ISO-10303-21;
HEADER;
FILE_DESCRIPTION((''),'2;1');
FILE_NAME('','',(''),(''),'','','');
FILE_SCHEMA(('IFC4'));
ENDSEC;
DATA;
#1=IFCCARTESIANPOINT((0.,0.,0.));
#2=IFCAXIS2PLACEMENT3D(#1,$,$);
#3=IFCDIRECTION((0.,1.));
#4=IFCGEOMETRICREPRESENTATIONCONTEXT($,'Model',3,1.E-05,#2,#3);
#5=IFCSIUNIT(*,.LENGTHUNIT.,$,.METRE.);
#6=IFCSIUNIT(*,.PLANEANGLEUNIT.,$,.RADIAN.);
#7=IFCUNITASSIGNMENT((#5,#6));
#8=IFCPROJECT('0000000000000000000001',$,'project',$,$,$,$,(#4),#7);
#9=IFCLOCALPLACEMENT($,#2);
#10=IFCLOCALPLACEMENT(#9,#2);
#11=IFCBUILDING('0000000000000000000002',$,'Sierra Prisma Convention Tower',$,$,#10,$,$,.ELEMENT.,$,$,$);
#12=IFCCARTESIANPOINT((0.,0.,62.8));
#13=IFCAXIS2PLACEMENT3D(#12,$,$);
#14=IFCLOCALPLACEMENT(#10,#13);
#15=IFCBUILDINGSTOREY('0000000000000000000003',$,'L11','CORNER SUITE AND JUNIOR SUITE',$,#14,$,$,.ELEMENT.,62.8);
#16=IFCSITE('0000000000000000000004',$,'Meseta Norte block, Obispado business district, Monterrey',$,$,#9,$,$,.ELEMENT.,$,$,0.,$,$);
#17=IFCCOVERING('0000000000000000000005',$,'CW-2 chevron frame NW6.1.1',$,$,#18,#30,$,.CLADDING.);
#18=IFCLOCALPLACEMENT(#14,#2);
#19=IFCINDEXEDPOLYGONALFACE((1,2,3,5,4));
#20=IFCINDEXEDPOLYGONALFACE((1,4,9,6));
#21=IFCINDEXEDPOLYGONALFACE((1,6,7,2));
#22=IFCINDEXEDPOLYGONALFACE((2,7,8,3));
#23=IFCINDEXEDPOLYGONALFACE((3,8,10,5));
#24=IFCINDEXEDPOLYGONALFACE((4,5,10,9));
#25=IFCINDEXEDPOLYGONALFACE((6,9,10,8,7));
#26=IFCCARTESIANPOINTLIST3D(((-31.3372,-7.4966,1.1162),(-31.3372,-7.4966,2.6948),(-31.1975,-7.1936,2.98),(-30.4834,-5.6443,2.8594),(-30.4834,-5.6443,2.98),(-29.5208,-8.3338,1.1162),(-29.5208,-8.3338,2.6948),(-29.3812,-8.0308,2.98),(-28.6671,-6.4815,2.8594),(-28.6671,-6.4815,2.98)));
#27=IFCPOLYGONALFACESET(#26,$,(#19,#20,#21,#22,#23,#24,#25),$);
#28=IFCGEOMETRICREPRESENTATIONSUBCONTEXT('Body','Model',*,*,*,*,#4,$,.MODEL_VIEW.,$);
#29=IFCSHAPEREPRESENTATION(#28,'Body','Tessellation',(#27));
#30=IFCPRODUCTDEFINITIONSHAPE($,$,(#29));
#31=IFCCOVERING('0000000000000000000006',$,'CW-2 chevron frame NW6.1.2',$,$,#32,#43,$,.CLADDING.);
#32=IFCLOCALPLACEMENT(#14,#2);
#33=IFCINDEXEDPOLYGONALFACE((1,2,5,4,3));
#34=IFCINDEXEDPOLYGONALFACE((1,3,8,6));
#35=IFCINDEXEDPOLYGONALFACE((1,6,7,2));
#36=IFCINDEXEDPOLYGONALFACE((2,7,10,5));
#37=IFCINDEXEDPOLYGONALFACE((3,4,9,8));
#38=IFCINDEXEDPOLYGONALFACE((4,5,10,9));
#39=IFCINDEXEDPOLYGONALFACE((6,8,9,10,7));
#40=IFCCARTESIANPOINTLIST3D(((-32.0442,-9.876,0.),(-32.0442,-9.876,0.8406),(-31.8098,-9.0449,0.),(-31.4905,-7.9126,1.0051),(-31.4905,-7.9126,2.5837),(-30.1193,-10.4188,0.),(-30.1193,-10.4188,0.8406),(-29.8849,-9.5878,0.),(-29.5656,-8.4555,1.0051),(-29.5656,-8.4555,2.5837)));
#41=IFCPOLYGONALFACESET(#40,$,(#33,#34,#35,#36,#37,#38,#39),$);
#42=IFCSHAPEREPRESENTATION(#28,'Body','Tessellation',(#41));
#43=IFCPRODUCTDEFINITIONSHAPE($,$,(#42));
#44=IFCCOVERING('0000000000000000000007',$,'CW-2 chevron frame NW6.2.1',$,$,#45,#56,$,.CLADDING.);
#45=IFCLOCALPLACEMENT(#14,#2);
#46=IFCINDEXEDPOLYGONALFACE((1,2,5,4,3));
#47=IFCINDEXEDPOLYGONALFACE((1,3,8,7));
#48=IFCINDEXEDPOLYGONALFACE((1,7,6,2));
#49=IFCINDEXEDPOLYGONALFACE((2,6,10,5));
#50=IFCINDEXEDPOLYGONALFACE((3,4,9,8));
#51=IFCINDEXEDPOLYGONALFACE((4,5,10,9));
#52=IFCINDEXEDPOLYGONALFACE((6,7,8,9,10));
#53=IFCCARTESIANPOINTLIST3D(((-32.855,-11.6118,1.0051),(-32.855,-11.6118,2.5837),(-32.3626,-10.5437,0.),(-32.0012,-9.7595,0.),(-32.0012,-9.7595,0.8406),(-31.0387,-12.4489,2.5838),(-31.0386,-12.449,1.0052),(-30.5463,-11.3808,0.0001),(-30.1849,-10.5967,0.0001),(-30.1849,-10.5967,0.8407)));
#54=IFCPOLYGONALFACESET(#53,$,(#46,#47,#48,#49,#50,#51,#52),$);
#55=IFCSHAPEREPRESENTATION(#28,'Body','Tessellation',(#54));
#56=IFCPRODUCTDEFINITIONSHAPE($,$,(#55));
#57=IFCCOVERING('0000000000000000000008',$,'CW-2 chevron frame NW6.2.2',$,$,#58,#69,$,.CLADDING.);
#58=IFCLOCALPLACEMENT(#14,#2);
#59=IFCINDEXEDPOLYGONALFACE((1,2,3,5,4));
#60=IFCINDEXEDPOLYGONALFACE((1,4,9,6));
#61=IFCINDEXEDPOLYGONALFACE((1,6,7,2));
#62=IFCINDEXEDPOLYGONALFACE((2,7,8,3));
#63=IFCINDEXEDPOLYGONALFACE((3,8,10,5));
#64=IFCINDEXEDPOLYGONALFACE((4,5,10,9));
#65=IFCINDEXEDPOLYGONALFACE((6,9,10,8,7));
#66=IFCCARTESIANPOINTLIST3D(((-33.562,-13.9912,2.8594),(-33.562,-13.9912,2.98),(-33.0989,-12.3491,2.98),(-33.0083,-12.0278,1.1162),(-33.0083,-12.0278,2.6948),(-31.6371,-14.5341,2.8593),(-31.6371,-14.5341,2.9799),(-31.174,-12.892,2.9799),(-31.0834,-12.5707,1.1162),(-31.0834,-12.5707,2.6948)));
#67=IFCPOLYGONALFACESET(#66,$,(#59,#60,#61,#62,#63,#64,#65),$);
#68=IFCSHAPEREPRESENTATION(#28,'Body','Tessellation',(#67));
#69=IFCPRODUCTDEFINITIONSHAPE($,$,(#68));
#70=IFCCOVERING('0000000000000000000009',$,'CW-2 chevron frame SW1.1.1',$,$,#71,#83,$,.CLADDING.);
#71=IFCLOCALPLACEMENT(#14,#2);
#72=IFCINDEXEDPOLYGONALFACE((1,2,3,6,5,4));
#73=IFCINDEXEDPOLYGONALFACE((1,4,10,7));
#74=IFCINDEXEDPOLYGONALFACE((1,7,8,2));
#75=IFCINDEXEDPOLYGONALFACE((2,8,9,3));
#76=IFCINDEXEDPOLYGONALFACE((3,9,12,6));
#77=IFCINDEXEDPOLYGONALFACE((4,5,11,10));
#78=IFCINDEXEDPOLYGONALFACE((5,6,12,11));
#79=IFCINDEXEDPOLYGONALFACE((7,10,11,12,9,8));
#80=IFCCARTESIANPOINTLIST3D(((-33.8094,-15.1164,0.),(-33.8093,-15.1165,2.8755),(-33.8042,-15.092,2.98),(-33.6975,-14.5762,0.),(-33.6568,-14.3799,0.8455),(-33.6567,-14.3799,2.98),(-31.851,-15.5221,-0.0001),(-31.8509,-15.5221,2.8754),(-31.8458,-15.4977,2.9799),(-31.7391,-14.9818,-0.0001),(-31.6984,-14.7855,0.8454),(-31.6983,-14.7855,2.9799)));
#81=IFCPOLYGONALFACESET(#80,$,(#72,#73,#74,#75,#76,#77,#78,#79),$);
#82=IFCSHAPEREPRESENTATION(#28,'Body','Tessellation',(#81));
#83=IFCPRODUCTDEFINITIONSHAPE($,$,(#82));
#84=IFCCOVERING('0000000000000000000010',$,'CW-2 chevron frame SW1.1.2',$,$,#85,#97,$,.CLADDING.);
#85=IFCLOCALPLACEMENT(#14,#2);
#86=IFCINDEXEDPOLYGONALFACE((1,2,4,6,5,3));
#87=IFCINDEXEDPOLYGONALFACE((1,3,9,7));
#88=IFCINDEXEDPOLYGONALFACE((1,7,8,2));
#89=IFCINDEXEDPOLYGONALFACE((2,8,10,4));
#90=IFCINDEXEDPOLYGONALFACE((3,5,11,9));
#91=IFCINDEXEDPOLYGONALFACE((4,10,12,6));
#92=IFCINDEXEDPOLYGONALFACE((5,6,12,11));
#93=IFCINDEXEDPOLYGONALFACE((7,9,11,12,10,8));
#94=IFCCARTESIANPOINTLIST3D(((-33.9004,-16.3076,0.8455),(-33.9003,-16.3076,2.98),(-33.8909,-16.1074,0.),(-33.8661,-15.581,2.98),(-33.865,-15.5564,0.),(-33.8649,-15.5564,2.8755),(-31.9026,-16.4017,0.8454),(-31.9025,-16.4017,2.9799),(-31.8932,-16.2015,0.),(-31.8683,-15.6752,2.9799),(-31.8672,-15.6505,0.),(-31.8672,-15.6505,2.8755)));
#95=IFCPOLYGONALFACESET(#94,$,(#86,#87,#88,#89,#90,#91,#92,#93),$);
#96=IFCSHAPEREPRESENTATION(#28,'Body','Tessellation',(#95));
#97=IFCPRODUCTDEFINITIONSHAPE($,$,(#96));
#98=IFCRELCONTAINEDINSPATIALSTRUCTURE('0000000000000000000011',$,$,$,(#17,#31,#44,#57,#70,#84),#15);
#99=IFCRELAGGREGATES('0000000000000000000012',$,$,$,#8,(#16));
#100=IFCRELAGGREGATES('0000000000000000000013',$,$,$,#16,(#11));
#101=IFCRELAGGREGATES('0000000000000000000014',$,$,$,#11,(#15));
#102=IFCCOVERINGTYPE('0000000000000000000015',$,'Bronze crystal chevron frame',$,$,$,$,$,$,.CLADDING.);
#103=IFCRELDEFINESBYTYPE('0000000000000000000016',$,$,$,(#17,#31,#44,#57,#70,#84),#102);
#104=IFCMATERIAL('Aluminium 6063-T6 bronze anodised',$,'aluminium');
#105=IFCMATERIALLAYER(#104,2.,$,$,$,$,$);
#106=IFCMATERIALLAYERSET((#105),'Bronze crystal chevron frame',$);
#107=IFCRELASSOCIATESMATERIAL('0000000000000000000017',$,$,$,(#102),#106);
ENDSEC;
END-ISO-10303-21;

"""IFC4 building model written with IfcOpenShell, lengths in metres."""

from ifc_helpers import new_model, si_unit, direction, frame, origin, place, context, subcontext, project, spatial, polyline, outline, extrude, material, layer, layer_set, type_object, element, save


model = new_model("IFC4")

# Units and contexts
model_context = context("Model", 3, precision=1e-05, world=origin(), true_north=direction((0.0, 1.0)))
body_context = subcontext(model_context, "Body", "Model", "MODEL_VIEW")
ifc_project = project(units=[si_unit("LENGTHUNIT", "METRE"), si_unit("PLANEANGLEUNIT", "RADIAN")], contexts=[model_context])

# Site, building, storey
site_placement = place(None, origin())
site = spatial("IfcSite", under=ifc_project, at=site_placement, Name="Meseta Norte block, Obispado business district, Monterrey", CompositionType="ELEMENT", RefElevation=0.0)
building_placement = place(site_placement, origin())
building = spatial("IfcBuilding", under=site, at=building_placement, Name="Sierra Prisma Convention Tower", CompositionType="ELEMENT")
storey_placement = place(building_placement, frame((0.0, 0.0, 62.8)))
storey = spatial("IfcBuildingStorey", under=building, at=storey_placement, Name="L11", Description="CORNER SUITE AND JUNIOR SUITE", CompositionType="ELEMENT", Elevation=62.8)

# Coverings
ifc_material_1 = material(Name="Aluminium 6063-T6 bronze anodised", Category="aluminium")
ifc_layer_1 = layer(ifc_material_1, 2.0)
ifc_layer_set_1 = layer_set([ifc_layer_1], Name="Bronze crystal chevron frame")
covering_type = type_object("IfcCoveringType", Name="Bronze crystal chevron frame", PredefinedType="CLADDING", material=ifc_layer_set_1)
covering_1_placement = place(storey_placement, frame((-30.4834, -5.6443, 2.98), z_axis=(-0.908173, 0.418595, 0.0), x_axis=(0.0, 0.0, -1.0)))
element("IfcCovering", 1, at=covering_1_placement, inside=storey, type_object=covering_type, Name="CW-2 chevron frame NW6.1.1", PredefinedType="CLADDING", context=body_context, shape_type="SweptSolid", body=[
    extrude(outline(polyline([(0.0, 0.0), (0.1206, 0.0), (1.8638, 2.0396), (0.2852, 2.0396), (0.0, 1.706), (0.0, 0.0)])), origin(), (0.0, 0.0, -1.0), 2.0),
])
covering_2_placement = place(storey_placement, frame((-31.4905, -7.9126, 2.5837), z_axis=(-0.962458, 0.271432, 0.0), x_axis=(0.0, 0.0, -1.0)))
element("IfcCovering", 2, at=covering_2_placement, inside=storey, type_object=covering_type, Name="CW-2 chevron frame NW6.1.2", PredefinedType="CLADDING", context=body_context, shape_type="SweptSolid", body=[
    extrude(outline(polyline([(0.0, 0.0), (1.5786, 0.0), (2.5837, 1.1765), (2.5837, 2.04), (1.7432, 2.04), (0.0, 0.0)])), origin(), (0.0, 0.0, -1.0), 2.0),
])
covering_3_placement = place(storey_placement, frame((-32.0012, -9.7595, 0.0), z_axis=(-0.908181, 0.418579, -0.000037), x_axis=(-0.418579, -0.908181, 0.0)))
element("IfcCovering", 3, at=covering_3_placement, inside=storey, type_object=covering_type, Name="CW-2 chevron frame NW6.2.1", PredefinedType="CLADDING", context=body_context, shape_type="SweptSolid", body=[
    extrude(outline(polyline([(0.0, 0.0), (0.8634, 0.0), (2.0396, 1.0051), (2.0396, 2.5837), (0.0, 0.8406), (0.0, 0.0)])), origin(), (0.0, 0.0, -1.0), 2.0),
])
covering_4_placement = place(storey_placement, frame((-33.562, -13.9912, 2.98), z_axis=(-0.962457, 0.271434, 0.000017), x_axis=(0.271434, 0.962457, 0.0)))
element("IfcCovering", 4, at=covering_4_placement, inside=storey, type_object=covering_type, Name="CW-2 chevron frame NW6.2.2", PredefinedType="CLADDING", context=body_context, shape_type="SweptSolid", body=[
    extrude(outline(polyline([(0.0, 0.0), (1.7062, 0.0), (2.04, 0.2852), (2.04, 1.8638), (0.0, 0.1206), (0.0, 0.0)])), origin(), (0.0, 0.0, -1.0), 2.0),
])
covering_5_placement = place(storey_placement, frame((-33.6567, -14.3799, 2.98), z_axis=(-0.979214, 0.20283, 0.00003), x_axis=(-0.00003, 0.000006, -1.0)))
element("IfcCovering", 5, at=covering_5_placement, inside=storey, type_object=covering_type, Name="CW-2 chevron frame SW1.1.1", PredefinedType="CLADDING", context=body_context, shape_type="SweptSolid", body=[
    extrude(outline(polyline([(0.0, 0.0), (2.1345, 0.0), (2.98, 0.2005), (2.98, 0.7522), (0.1045, 0.7522), (0.0, 0.7273), (0.0, 0.0)])), origin(), (0.0, 0.0, -1.0), 2.0),
])
covering_6_placement = place(storey_placement, frame((-33.865, -15.5564, 0.0), z_axis=(-0.998892, 0.047059, 0.000017), x_axis=(-0.047059, -0.998892, 0.0)))
element("IfcCovering", 6, at=covering_6_placement, inside=storey, type_object=covering_type, Name="CW-2 chevron frame SW1.1.2", PredefinedType="CLADDING", context=body_context, shape_type="SweptSolid", body=[
    extrude(outline(polyline([(0.0, 0.0), (0.5516, 0.0), (0.7521, 0.8455), (0.7521, 2.98), (0.0247, 2.98), (0.0, 2.8755), (0.0, 0.0)])), origin(), (0.0, 0.0, -1.0), 2.0),
])

save(model, "model.ifc")
